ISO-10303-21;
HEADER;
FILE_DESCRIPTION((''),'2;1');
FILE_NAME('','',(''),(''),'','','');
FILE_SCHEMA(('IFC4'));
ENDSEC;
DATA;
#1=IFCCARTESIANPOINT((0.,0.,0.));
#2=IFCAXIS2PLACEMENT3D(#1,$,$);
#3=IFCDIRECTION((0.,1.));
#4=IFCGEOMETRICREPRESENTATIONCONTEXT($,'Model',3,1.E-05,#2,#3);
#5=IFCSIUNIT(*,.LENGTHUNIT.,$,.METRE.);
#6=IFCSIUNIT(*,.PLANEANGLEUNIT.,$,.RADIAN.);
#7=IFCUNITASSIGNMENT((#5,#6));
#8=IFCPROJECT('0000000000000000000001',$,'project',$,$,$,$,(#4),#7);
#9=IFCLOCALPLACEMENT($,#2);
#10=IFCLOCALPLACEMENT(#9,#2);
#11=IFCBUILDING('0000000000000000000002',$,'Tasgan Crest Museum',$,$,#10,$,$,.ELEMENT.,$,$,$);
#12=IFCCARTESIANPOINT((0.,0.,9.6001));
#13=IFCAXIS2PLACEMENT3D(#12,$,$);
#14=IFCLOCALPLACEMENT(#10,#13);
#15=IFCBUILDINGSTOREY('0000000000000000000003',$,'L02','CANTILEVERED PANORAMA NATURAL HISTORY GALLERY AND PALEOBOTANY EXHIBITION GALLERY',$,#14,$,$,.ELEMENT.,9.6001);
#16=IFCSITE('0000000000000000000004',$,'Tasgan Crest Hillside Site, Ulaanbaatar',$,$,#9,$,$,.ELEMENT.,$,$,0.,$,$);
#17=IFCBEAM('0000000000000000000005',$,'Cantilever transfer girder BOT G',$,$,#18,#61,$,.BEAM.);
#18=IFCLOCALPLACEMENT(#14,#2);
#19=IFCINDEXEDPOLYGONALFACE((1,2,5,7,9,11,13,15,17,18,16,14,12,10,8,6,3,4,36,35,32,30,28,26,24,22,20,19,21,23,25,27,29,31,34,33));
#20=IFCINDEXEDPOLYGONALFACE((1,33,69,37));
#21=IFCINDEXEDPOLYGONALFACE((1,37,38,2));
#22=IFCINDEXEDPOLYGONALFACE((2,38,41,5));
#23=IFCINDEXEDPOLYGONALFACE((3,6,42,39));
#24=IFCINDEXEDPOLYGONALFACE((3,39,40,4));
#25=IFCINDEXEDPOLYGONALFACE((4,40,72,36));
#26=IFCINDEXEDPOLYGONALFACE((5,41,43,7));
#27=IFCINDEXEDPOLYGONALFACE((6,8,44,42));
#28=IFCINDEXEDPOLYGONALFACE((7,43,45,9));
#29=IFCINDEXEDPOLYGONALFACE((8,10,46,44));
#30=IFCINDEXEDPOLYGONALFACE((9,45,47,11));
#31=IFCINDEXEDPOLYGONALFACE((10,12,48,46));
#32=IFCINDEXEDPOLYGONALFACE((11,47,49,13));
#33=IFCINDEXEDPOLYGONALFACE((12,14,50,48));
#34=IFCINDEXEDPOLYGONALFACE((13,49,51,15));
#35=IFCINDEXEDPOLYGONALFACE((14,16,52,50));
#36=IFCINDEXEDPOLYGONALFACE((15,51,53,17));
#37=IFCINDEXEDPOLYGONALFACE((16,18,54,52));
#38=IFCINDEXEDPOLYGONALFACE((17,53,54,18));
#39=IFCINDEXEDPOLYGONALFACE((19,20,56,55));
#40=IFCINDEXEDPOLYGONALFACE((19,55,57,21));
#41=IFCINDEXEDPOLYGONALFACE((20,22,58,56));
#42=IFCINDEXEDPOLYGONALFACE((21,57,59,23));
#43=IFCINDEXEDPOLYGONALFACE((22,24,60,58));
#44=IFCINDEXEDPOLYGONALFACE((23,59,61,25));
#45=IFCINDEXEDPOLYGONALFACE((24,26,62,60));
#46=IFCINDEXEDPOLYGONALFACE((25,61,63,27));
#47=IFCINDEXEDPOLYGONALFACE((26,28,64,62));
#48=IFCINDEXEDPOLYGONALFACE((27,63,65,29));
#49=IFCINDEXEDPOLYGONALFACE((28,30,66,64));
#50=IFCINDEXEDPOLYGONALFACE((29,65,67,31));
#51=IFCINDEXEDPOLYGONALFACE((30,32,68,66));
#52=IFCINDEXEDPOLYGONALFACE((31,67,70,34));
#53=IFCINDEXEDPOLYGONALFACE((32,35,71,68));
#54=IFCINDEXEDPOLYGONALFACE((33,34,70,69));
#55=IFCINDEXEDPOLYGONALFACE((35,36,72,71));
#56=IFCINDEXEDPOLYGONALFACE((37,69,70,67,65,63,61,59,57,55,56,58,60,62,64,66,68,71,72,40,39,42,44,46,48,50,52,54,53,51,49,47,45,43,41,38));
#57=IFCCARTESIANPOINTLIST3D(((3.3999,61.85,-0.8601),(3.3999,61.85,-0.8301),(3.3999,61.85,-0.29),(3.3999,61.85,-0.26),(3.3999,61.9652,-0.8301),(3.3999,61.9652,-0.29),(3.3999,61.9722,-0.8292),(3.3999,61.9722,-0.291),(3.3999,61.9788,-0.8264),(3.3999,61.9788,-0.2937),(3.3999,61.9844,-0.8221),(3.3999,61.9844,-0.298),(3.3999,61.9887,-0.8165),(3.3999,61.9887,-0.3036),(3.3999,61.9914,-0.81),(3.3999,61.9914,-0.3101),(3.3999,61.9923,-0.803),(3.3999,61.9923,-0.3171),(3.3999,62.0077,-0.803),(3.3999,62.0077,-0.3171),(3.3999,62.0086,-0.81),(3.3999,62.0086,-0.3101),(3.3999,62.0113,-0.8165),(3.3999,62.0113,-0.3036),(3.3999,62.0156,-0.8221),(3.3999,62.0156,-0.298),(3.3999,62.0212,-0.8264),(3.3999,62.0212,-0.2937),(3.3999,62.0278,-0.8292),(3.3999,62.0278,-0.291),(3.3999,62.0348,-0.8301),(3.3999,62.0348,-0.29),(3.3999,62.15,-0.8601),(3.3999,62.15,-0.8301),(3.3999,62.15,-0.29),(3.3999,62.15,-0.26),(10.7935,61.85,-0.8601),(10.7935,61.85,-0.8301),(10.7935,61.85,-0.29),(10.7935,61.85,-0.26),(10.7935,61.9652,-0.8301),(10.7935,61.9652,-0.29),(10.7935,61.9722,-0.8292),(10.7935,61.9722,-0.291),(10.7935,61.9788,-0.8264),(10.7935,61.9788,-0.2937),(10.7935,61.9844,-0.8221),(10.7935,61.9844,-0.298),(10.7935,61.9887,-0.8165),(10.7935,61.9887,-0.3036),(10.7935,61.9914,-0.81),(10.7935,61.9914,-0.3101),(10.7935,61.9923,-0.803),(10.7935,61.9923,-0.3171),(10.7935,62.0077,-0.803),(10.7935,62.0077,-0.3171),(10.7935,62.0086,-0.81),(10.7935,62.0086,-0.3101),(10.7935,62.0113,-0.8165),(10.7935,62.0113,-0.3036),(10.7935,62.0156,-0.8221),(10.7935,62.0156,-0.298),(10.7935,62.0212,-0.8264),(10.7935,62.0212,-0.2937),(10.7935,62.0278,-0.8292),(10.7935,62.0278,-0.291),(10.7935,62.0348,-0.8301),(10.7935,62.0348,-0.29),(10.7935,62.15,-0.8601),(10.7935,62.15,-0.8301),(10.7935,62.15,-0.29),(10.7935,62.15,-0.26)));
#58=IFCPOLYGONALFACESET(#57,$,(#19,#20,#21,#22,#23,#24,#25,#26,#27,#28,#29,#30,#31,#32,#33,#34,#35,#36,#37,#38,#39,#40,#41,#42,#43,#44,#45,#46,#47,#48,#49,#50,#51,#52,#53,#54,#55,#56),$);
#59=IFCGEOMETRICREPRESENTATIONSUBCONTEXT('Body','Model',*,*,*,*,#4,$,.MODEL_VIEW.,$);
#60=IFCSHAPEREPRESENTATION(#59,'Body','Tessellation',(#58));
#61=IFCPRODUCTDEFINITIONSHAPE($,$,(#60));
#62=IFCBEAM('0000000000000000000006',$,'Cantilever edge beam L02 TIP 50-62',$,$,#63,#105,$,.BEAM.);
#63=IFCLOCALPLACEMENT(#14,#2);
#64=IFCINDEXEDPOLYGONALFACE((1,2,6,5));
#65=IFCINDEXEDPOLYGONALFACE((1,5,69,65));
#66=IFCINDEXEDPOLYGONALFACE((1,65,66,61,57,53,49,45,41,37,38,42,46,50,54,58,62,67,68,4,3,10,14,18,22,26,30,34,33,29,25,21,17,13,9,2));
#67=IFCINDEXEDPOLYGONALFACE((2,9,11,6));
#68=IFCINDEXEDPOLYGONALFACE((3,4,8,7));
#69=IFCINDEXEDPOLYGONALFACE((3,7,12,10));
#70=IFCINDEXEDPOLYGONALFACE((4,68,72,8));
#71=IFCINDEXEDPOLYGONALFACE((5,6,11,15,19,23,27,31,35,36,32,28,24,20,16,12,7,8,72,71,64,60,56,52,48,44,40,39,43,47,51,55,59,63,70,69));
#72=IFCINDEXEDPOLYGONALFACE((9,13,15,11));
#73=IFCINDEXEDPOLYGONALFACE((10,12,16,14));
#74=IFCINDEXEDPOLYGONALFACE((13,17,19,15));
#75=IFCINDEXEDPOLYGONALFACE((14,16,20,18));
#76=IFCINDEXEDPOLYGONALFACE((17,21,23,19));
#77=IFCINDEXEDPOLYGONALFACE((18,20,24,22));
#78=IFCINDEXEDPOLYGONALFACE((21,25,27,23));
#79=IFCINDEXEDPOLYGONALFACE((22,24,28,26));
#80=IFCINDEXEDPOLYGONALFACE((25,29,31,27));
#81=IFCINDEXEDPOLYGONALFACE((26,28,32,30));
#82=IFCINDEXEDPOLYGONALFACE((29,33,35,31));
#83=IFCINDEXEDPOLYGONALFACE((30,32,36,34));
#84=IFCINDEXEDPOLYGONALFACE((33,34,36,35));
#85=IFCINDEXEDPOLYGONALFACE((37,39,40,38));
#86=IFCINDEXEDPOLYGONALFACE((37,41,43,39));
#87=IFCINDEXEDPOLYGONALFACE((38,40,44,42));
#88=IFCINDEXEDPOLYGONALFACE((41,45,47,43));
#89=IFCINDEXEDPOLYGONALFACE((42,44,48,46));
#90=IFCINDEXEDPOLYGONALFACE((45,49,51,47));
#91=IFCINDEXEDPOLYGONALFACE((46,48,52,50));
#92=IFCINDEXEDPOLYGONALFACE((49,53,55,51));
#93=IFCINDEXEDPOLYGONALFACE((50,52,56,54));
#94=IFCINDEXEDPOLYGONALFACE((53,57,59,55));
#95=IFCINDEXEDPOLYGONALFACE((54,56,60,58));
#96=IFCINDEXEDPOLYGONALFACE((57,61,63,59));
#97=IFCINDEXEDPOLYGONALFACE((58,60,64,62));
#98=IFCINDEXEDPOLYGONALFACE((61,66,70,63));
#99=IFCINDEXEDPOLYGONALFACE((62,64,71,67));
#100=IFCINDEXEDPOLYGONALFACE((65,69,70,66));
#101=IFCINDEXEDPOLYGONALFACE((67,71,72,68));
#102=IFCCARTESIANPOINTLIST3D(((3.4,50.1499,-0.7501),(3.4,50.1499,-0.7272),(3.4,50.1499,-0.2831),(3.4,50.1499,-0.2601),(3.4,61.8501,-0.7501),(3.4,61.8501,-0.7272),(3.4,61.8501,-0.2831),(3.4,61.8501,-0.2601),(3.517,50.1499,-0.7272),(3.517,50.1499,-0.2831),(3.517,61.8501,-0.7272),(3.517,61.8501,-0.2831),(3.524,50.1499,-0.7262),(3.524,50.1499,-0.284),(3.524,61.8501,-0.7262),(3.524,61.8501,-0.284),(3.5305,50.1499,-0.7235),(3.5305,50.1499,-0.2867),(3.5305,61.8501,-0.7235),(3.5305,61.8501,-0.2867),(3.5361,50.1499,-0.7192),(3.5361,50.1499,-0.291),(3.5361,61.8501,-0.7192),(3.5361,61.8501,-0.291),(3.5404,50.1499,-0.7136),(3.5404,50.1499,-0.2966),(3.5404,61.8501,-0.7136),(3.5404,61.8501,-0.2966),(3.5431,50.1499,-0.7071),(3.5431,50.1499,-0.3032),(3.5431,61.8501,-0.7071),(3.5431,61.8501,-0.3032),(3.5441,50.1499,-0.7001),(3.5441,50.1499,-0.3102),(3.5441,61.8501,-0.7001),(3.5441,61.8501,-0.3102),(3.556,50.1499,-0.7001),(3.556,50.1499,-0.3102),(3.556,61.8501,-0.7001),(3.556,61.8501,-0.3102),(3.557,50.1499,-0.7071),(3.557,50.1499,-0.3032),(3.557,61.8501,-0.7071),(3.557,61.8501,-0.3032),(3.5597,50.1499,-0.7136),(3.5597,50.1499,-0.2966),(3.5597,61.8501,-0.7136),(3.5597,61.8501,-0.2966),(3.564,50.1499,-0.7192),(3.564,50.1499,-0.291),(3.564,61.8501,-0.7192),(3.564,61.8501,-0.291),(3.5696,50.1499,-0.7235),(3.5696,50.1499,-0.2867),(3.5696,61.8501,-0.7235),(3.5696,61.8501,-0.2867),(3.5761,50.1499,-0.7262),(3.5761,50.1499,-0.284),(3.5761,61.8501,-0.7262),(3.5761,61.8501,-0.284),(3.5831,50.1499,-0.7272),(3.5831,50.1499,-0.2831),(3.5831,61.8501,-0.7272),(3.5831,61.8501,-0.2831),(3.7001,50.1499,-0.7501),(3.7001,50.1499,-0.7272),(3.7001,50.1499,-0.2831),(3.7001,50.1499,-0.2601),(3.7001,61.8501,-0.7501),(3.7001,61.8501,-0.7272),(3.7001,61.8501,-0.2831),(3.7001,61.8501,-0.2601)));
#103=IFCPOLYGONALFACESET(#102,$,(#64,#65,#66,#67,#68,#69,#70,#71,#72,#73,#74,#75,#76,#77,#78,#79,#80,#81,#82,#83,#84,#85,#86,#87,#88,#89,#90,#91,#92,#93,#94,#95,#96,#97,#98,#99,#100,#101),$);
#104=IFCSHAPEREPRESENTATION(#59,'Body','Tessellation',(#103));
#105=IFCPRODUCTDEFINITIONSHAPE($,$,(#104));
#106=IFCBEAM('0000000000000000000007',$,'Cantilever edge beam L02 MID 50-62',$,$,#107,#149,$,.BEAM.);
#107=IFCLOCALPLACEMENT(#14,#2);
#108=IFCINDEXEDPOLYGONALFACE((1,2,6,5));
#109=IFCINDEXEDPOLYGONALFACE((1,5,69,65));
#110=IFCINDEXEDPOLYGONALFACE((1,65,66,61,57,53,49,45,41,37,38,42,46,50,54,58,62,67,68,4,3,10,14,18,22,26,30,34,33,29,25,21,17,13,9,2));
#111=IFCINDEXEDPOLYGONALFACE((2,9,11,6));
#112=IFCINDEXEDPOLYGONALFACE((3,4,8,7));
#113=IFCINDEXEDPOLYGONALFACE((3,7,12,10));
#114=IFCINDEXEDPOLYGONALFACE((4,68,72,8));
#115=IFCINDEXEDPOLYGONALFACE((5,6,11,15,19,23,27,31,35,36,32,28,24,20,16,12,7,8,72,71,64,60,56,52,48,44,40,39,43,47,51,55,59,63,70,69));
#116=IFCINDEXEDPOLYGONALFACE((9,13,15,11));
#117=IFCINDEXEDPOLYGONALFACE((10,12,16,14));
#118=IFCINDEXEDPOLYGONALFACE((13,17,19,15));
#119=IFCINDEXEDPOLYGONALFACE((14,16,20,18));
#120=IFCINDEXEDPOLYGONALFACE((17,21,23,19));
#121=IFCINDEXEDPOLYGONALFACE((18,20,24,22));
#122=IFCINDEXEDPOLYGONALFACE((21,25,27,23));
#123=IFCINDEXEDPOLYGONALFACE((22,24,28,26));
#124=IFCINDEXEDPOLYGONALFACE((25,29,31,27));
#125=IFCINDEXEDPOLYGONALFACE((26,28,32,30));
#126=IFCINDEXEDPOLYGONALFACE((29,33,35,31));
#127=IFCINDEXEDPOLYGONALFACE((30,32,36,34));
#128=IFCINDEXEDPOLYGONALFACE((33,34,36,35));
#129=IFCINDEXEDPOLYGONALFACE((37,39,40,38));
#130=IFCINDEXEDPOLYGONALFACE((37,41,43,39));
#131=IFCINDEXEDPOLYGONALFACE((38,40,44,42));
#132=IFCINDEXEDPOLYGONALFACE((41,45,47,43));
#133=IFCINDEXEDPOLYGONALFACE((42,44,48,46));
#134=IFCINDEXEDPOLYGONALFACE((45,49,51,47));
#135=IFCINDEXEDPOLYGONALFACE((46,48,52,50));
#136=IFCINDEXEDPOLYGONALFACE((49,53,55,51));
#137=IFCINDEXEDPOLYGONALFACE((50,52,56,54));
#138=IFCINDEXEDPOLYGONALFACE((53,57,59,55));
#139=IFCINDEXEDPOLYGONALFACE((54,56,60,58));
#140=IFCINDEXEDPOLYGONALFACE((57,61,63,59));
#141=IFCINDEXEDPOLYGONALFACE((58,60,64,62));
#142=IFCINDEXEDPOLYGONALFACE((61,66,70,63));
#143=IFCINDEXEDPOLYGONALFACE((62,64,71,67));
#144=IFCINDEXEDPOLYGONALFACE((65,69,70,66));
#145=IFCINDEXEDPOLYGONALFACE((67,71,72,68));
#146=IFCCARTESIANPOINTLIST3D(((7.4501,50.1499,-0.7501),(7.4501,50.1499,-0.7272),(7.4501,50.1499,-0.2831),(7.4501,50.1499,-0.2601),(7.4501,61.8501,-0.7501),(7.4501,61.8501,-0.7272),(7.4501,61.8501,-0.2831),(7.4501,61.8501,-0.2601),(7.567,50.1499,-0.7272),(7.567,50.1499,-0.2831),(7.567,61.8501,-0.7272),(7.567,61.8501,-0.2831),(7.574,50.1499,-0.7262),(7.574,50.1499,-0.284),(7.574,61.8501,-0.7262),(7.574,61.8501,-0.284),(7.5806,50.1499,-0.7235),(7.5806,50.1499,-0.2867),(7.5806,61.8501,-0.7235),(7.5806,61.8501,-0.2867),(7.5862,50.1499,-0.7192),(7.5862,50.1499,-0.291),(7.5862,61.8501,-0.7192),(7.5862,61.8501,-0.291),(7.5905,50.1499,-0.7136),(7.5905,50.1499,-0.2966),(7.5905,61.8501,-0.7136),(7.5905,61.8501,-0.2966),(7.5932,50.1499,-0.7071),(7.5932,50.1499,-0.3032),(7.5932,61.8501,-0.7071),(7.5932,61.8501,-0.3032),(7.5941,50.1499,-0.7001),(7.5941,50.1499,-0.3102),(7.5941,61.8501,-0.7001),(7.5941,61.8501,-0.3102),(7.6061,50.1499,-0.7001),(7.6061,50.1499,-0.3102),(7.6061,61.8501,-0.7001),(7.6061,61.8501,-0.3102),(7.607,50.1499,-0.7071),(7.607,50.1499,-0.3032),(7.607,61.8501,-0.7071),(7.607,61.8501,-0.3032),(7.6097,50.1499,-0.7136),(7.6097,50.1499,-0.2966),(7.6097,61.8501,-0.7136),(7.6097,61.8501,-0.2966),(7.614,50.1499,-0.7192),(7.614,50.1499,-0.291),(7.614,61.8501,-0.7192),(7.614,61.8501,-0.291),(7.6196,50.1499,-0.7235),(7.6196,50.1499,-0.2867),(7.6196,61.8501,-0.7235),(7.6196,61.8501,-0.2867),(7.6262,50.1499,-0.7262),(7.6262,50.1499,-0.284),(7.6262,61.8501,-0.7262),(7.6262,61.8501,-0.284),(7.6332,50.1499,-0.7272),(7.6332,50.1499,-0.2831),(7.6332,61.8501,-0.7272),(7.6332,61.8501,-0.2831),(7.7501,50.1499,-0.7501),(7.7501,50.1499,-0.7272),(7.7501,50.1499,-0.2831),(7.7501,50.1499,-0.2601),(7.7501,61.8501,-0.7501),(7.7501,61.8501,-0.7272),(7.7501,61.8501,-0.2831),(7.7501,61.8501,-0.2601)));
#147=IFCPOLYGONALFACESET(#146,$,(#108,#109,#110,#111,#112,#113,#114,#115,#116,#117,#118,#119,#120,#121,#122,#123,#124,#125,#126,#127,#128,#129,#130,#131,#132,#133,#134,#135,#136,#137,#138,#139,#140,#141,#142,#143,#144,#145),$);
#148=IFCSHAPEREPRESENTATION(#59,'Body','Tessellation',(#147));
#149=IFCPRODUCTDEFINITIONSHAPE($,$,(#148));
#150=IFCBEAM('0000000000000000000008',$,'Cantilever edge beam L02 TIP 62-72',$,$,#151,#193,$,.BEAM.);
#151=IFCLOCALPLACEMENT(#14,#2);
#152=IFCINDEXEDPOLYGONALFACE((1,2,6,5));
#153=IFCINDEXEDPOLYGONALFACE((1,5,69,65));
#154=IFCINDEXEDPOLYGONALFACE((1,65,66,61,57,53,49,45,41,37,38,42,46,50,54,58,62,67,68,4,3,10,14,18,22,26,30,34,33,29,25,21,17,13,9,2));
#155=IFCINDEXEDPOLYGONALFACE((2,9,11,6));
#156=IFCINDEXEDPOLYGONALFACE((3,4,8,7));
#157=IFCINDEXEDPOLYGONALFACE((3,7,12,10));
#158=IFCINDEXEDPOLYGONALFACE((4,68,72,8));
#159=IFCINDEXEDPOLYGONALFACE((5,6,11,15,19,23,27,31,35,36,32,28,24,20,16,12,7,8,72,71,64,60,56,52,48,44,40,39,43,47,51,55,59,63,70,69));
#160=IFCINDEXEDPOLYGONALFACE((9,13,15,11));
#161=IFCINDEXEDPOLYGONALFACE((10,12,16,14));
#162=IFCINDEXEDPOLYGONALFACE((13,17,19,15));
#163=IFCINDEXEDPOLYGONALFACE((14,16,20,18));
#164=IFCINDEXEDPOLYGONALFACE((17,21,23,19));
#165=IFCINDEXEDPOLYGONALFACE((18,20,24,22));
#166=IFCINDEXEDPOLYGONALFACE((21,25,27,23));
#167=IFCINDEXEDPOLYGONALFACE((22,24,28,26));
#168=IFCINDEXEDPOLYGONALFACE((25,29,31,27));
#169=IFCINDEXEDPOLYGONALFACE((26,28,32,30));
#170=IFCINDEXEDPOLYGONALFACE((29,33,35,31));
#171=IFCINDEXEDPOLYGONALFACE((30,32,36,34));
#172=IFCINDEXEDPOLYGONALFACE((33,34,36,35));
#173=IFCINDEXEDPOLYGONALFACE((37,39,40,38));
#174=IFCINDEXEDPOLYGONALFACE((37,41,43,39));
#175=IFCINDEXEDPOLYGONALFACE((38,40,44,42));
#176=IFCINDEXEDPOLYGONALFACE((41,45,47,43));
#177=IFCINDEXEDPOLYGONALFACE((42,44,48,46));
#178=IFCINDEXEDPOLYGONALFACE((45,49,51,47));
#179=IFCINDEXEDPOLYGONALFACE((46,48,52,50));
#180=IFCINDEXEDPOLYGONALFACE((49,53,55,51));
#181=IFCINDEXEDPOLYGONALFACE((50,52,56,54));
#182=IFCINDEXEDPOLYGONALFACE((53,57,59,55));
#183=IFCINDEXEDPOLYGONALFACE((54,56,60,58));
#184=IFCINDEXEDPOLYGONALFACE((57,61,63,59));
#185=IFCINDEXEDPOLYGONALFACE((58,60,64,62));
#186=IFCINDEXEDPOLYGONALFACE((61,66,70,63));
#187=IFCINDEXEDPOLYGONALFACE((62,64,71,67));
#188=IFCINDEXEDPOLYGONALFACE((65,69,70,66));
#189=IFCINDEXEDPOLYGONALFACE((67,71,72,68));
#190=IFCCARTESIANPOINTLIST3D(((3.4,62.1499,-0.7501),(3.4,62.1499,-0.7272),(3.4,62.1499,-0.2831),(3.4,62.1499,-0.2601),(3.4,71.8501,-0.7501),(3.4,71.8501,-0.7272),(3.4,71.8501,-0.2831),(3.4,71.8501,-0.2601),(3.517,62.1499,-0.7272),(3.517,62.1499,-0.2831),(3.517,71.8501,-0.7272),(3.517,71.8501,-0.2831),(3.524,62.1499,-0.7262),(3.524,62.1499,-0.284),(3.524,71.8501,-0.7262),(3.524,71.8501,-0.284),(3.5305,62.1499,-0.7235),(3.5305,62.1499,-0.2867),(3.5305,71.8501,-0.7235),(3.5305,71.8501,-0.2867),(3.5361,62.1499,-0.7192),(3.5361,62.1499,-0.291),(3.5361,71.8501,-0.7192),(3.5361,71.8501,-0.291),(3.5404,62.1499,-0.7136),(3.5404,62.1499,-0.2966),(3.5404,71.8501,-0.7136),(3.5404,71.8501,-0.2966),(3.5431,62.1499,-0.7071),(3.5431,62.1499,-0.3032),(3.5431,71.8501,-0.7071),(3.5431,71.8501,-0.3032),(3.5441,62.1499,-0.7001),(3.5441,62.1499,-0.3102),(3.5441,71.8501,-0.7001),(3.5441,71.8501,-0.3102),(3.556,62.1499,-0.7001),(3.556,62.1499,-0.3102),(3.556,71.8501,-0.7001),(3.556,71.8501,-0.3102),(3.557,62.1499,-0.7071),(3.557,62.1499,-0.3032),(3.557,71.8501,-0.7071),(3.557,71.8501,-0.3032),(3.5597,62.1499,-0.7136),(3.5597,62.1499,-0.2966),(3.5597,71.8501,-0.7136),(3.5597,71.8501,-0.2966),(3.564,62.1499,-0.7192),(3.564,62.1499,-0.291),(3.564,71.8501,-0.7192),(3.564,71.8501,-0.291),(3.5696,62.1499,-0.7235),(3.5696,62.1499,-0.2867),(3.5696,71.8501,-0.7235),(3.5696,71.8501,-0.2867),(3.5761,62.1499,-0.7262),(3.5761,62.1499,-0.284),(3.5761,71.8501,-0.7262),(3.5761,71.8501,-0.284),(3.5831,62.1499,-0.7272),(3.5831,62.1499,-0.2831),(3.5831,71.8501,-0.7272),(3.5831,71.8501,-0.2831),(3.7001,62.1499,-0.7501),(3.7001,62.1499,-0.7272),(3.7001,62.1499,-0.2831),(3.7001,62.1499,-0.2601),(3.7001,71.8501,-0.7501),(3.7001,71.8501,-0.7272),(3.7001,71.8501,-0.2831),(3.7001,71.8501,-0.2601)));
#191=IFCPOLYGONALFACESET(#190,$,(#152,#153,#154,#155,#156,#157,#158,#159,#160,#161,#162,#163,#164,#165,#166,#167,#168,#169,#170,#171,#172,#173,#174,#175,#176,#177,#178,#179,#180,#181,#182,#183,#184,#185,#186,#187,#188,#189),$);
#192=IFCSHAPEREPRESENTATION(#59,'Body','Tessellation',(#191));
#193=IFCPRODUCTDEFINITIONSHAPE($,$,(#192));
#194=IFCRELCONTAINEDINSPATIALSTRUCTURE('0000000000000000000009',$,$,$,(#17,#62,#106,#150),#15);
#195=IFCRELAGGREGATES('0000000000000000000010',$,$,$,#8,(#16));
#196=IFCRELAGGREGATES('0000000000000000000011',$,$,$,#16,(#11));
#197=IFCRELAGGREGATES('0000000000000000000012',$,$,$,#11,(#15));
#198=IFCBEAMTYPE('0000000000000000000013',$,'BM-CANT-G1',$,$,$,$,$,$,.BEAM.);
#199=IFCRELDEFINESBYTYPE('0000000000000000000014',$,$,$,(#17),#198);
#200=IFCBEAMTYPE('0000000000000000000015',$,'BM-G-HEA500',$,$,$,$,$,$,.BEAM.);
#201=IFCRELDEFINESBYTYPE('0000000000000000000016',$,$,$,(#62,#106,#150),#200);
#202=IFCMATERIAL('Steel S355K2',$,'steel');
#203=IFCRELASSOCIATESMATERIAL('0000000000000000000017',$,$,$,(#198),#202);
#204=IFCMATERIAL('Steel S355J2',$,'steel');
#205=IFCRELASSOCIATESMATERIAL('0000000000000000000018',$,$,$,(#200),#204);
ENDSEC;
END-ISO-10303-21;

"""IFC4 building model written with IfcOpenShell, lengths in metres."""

from ifc_helpers import new_model, si_unit, direction, frame, origin, origin_2d, place, context, subcontext, project, spatial, i_section, extrude, material, material_profile, profile_set, type_object, element, save


model = new_model("IFC4")

# Units and contexts
model_context = context("Model", 3, precision=1e-05, world=origin(), true_north=direction((0.0, 1.0)))
body_context = subcontext(model_context, "Body", "Model", "MODEL_VIEW")
ifc_project = project(units=[si_unit("LENGTHUNIT", "METRE"), si_unit("PLANEANGLEUNIT", "RADIAN")], contexts=[model_context])

# Site, building, storey
site_placement = place(None, origin())
site = spatial("IfcSite", under=ifc_project, at=site_placement, Name="Tasgan Crest Hillside Site, Ulaanbaatar", CompositionType="ELEMENT", RefElevation=0.0)
building_placement = place(site_placement, origin())
building = spatial("IfcBuilding", under=site, at=building_placement, Name="Tasgan Crest Museum", CompositionType="ELEMENT")
storey_placement = place(building_placement, frame((0.0, 0.0, 9.6001)))
storey = spatial("IfcBuildingStorey", under=building, at=storey_placement, Name="L02", Description="CANTILEVERED PANORAMA NATURAL HISTORY GALLERY AND PALEOBOTANY EXHIBITION GALLERY", CompositionType="ELEMENT", Elevation=9.6001)

# Beams
ifc_material_1 = material(Name="Steel S355K2", Category="steel")
ifc_material_profile_1 = material_profile(ifc_material_1, i_section(OverallWidth=0.3, OverallDepth=0.6001, WebThickness=0.0154, FlangeThickness=0.03, FilletRadius=0.0271, at=origin_2d()), Name="HEB 600")
ifc_profile_set_1 = profile_set([ifc_material_profile_1], Name="Steel S355K2")
beam_type_1 = type_object("IfcBeamType", Name="BM-CANT-G1", PredefinedType="BEAM", material=ifc_profile_set_1)
beam_1_placement = place(storey_placement, frame((3.3999, 62.0, -0.5601), z_axis=(1.0, 0.0, 0.0), x_axis=(0.0, 1.0, 0.0)))
element("IfcBeam", 1, at=beam_1_placement, inside=storey, type_object=beam_type_1, Name="Cantilever transfer girder BOT G", PredefinedType="BEAM", context=body_context, shape_type="SweptSolid", body=[
    extrude(i_section(OverallWidth=0.3, OverallDepth=0.6001, WebThickness=0.0154, FlangeThickness=0.03, FilletRadius=0.0271, at=origin_2d()), origin(), (0.0, 0.0, 1.0), 7.3936),
])
ifc_material_2 = material(Name="Steel S355J2", Category="steel")
ifc_material_profile_2 = material_profile(ifc_material_2, i_section(OverallWidth=0.3, OverallDepth=0.49, WebThickness=0.012, FlangeThickness=0.0229, FilletRadius=0.0271, at=origin_2d()), Name="HEA 500")
ifc_profile_set_2 = profile_set([ifc_material_profile_2], Name="Steel S355J2")
beam_type_2 = type_object("IfcBeamType", Name="BM-G-HEA500", PredefinedType="BEAM", material=ifc_profile_set_2)
for number, where, z_axis, x_axis, name in (
    (2, (3.55, 50.1499, -0.5051), (0.0, 1.0, 0.0), (-1.0, 0.0, 0.0), "Cantilever edge beam L02 TIP 50-62"),
    (3, (7.6001, 50.1499, -0.5051), (0.0, 1.0, 0.0), (-1.0, 0.0, 0.0), "Cantilever edge beam L02 MID 50-62"),
):
    element("IfcBeam", number, at=place(storey_placement, frame(where, z_axis=z_axis, x_axis=x_axis)), inside=storey, type_object=beam_type_2, Name=name, PredefinedType="BEAM", context=body_context, shape_type="SweptSolid", body=[
        extrude(i_section(OverallWidth=0.3, OverallDepth=0.49, WebThickness=0.012, FlangeThickness=0.0229, FilletRadius=0.0271, at=origin_2d()), origin(), (0.0, 0.0, 1.0), 11.7002),
    ])
for number, where, z_axis, x_axis, name in (
    (4, (3.55, 62.1499, -0.5051), (0.0, 1.0, 0.0), (-1.0, 0.0, 0.0), "Cantilever edge beam L02 TIP 62-72"),
):
    element("IfcBeam", number, at=place(storey_placement, frame(where, z_axis=z_axis, x_axis=x_axis)), inside=storey, type_object=beam_type_2, Name=name, PredefinedType="BEAM", context=body_context, shape_type="SweptSolid", body=[
        extrude(i_section(OverallWidth=0.3, OverallDepth=0.49, WebThickness=0.012, FlangeThickness=0.0229, FilletRadius=0.0271, at=origin_2d()), origin(), (0.0, 0.0, 1.0), 9.7002),
    ])

save(model, "model.ifc")
